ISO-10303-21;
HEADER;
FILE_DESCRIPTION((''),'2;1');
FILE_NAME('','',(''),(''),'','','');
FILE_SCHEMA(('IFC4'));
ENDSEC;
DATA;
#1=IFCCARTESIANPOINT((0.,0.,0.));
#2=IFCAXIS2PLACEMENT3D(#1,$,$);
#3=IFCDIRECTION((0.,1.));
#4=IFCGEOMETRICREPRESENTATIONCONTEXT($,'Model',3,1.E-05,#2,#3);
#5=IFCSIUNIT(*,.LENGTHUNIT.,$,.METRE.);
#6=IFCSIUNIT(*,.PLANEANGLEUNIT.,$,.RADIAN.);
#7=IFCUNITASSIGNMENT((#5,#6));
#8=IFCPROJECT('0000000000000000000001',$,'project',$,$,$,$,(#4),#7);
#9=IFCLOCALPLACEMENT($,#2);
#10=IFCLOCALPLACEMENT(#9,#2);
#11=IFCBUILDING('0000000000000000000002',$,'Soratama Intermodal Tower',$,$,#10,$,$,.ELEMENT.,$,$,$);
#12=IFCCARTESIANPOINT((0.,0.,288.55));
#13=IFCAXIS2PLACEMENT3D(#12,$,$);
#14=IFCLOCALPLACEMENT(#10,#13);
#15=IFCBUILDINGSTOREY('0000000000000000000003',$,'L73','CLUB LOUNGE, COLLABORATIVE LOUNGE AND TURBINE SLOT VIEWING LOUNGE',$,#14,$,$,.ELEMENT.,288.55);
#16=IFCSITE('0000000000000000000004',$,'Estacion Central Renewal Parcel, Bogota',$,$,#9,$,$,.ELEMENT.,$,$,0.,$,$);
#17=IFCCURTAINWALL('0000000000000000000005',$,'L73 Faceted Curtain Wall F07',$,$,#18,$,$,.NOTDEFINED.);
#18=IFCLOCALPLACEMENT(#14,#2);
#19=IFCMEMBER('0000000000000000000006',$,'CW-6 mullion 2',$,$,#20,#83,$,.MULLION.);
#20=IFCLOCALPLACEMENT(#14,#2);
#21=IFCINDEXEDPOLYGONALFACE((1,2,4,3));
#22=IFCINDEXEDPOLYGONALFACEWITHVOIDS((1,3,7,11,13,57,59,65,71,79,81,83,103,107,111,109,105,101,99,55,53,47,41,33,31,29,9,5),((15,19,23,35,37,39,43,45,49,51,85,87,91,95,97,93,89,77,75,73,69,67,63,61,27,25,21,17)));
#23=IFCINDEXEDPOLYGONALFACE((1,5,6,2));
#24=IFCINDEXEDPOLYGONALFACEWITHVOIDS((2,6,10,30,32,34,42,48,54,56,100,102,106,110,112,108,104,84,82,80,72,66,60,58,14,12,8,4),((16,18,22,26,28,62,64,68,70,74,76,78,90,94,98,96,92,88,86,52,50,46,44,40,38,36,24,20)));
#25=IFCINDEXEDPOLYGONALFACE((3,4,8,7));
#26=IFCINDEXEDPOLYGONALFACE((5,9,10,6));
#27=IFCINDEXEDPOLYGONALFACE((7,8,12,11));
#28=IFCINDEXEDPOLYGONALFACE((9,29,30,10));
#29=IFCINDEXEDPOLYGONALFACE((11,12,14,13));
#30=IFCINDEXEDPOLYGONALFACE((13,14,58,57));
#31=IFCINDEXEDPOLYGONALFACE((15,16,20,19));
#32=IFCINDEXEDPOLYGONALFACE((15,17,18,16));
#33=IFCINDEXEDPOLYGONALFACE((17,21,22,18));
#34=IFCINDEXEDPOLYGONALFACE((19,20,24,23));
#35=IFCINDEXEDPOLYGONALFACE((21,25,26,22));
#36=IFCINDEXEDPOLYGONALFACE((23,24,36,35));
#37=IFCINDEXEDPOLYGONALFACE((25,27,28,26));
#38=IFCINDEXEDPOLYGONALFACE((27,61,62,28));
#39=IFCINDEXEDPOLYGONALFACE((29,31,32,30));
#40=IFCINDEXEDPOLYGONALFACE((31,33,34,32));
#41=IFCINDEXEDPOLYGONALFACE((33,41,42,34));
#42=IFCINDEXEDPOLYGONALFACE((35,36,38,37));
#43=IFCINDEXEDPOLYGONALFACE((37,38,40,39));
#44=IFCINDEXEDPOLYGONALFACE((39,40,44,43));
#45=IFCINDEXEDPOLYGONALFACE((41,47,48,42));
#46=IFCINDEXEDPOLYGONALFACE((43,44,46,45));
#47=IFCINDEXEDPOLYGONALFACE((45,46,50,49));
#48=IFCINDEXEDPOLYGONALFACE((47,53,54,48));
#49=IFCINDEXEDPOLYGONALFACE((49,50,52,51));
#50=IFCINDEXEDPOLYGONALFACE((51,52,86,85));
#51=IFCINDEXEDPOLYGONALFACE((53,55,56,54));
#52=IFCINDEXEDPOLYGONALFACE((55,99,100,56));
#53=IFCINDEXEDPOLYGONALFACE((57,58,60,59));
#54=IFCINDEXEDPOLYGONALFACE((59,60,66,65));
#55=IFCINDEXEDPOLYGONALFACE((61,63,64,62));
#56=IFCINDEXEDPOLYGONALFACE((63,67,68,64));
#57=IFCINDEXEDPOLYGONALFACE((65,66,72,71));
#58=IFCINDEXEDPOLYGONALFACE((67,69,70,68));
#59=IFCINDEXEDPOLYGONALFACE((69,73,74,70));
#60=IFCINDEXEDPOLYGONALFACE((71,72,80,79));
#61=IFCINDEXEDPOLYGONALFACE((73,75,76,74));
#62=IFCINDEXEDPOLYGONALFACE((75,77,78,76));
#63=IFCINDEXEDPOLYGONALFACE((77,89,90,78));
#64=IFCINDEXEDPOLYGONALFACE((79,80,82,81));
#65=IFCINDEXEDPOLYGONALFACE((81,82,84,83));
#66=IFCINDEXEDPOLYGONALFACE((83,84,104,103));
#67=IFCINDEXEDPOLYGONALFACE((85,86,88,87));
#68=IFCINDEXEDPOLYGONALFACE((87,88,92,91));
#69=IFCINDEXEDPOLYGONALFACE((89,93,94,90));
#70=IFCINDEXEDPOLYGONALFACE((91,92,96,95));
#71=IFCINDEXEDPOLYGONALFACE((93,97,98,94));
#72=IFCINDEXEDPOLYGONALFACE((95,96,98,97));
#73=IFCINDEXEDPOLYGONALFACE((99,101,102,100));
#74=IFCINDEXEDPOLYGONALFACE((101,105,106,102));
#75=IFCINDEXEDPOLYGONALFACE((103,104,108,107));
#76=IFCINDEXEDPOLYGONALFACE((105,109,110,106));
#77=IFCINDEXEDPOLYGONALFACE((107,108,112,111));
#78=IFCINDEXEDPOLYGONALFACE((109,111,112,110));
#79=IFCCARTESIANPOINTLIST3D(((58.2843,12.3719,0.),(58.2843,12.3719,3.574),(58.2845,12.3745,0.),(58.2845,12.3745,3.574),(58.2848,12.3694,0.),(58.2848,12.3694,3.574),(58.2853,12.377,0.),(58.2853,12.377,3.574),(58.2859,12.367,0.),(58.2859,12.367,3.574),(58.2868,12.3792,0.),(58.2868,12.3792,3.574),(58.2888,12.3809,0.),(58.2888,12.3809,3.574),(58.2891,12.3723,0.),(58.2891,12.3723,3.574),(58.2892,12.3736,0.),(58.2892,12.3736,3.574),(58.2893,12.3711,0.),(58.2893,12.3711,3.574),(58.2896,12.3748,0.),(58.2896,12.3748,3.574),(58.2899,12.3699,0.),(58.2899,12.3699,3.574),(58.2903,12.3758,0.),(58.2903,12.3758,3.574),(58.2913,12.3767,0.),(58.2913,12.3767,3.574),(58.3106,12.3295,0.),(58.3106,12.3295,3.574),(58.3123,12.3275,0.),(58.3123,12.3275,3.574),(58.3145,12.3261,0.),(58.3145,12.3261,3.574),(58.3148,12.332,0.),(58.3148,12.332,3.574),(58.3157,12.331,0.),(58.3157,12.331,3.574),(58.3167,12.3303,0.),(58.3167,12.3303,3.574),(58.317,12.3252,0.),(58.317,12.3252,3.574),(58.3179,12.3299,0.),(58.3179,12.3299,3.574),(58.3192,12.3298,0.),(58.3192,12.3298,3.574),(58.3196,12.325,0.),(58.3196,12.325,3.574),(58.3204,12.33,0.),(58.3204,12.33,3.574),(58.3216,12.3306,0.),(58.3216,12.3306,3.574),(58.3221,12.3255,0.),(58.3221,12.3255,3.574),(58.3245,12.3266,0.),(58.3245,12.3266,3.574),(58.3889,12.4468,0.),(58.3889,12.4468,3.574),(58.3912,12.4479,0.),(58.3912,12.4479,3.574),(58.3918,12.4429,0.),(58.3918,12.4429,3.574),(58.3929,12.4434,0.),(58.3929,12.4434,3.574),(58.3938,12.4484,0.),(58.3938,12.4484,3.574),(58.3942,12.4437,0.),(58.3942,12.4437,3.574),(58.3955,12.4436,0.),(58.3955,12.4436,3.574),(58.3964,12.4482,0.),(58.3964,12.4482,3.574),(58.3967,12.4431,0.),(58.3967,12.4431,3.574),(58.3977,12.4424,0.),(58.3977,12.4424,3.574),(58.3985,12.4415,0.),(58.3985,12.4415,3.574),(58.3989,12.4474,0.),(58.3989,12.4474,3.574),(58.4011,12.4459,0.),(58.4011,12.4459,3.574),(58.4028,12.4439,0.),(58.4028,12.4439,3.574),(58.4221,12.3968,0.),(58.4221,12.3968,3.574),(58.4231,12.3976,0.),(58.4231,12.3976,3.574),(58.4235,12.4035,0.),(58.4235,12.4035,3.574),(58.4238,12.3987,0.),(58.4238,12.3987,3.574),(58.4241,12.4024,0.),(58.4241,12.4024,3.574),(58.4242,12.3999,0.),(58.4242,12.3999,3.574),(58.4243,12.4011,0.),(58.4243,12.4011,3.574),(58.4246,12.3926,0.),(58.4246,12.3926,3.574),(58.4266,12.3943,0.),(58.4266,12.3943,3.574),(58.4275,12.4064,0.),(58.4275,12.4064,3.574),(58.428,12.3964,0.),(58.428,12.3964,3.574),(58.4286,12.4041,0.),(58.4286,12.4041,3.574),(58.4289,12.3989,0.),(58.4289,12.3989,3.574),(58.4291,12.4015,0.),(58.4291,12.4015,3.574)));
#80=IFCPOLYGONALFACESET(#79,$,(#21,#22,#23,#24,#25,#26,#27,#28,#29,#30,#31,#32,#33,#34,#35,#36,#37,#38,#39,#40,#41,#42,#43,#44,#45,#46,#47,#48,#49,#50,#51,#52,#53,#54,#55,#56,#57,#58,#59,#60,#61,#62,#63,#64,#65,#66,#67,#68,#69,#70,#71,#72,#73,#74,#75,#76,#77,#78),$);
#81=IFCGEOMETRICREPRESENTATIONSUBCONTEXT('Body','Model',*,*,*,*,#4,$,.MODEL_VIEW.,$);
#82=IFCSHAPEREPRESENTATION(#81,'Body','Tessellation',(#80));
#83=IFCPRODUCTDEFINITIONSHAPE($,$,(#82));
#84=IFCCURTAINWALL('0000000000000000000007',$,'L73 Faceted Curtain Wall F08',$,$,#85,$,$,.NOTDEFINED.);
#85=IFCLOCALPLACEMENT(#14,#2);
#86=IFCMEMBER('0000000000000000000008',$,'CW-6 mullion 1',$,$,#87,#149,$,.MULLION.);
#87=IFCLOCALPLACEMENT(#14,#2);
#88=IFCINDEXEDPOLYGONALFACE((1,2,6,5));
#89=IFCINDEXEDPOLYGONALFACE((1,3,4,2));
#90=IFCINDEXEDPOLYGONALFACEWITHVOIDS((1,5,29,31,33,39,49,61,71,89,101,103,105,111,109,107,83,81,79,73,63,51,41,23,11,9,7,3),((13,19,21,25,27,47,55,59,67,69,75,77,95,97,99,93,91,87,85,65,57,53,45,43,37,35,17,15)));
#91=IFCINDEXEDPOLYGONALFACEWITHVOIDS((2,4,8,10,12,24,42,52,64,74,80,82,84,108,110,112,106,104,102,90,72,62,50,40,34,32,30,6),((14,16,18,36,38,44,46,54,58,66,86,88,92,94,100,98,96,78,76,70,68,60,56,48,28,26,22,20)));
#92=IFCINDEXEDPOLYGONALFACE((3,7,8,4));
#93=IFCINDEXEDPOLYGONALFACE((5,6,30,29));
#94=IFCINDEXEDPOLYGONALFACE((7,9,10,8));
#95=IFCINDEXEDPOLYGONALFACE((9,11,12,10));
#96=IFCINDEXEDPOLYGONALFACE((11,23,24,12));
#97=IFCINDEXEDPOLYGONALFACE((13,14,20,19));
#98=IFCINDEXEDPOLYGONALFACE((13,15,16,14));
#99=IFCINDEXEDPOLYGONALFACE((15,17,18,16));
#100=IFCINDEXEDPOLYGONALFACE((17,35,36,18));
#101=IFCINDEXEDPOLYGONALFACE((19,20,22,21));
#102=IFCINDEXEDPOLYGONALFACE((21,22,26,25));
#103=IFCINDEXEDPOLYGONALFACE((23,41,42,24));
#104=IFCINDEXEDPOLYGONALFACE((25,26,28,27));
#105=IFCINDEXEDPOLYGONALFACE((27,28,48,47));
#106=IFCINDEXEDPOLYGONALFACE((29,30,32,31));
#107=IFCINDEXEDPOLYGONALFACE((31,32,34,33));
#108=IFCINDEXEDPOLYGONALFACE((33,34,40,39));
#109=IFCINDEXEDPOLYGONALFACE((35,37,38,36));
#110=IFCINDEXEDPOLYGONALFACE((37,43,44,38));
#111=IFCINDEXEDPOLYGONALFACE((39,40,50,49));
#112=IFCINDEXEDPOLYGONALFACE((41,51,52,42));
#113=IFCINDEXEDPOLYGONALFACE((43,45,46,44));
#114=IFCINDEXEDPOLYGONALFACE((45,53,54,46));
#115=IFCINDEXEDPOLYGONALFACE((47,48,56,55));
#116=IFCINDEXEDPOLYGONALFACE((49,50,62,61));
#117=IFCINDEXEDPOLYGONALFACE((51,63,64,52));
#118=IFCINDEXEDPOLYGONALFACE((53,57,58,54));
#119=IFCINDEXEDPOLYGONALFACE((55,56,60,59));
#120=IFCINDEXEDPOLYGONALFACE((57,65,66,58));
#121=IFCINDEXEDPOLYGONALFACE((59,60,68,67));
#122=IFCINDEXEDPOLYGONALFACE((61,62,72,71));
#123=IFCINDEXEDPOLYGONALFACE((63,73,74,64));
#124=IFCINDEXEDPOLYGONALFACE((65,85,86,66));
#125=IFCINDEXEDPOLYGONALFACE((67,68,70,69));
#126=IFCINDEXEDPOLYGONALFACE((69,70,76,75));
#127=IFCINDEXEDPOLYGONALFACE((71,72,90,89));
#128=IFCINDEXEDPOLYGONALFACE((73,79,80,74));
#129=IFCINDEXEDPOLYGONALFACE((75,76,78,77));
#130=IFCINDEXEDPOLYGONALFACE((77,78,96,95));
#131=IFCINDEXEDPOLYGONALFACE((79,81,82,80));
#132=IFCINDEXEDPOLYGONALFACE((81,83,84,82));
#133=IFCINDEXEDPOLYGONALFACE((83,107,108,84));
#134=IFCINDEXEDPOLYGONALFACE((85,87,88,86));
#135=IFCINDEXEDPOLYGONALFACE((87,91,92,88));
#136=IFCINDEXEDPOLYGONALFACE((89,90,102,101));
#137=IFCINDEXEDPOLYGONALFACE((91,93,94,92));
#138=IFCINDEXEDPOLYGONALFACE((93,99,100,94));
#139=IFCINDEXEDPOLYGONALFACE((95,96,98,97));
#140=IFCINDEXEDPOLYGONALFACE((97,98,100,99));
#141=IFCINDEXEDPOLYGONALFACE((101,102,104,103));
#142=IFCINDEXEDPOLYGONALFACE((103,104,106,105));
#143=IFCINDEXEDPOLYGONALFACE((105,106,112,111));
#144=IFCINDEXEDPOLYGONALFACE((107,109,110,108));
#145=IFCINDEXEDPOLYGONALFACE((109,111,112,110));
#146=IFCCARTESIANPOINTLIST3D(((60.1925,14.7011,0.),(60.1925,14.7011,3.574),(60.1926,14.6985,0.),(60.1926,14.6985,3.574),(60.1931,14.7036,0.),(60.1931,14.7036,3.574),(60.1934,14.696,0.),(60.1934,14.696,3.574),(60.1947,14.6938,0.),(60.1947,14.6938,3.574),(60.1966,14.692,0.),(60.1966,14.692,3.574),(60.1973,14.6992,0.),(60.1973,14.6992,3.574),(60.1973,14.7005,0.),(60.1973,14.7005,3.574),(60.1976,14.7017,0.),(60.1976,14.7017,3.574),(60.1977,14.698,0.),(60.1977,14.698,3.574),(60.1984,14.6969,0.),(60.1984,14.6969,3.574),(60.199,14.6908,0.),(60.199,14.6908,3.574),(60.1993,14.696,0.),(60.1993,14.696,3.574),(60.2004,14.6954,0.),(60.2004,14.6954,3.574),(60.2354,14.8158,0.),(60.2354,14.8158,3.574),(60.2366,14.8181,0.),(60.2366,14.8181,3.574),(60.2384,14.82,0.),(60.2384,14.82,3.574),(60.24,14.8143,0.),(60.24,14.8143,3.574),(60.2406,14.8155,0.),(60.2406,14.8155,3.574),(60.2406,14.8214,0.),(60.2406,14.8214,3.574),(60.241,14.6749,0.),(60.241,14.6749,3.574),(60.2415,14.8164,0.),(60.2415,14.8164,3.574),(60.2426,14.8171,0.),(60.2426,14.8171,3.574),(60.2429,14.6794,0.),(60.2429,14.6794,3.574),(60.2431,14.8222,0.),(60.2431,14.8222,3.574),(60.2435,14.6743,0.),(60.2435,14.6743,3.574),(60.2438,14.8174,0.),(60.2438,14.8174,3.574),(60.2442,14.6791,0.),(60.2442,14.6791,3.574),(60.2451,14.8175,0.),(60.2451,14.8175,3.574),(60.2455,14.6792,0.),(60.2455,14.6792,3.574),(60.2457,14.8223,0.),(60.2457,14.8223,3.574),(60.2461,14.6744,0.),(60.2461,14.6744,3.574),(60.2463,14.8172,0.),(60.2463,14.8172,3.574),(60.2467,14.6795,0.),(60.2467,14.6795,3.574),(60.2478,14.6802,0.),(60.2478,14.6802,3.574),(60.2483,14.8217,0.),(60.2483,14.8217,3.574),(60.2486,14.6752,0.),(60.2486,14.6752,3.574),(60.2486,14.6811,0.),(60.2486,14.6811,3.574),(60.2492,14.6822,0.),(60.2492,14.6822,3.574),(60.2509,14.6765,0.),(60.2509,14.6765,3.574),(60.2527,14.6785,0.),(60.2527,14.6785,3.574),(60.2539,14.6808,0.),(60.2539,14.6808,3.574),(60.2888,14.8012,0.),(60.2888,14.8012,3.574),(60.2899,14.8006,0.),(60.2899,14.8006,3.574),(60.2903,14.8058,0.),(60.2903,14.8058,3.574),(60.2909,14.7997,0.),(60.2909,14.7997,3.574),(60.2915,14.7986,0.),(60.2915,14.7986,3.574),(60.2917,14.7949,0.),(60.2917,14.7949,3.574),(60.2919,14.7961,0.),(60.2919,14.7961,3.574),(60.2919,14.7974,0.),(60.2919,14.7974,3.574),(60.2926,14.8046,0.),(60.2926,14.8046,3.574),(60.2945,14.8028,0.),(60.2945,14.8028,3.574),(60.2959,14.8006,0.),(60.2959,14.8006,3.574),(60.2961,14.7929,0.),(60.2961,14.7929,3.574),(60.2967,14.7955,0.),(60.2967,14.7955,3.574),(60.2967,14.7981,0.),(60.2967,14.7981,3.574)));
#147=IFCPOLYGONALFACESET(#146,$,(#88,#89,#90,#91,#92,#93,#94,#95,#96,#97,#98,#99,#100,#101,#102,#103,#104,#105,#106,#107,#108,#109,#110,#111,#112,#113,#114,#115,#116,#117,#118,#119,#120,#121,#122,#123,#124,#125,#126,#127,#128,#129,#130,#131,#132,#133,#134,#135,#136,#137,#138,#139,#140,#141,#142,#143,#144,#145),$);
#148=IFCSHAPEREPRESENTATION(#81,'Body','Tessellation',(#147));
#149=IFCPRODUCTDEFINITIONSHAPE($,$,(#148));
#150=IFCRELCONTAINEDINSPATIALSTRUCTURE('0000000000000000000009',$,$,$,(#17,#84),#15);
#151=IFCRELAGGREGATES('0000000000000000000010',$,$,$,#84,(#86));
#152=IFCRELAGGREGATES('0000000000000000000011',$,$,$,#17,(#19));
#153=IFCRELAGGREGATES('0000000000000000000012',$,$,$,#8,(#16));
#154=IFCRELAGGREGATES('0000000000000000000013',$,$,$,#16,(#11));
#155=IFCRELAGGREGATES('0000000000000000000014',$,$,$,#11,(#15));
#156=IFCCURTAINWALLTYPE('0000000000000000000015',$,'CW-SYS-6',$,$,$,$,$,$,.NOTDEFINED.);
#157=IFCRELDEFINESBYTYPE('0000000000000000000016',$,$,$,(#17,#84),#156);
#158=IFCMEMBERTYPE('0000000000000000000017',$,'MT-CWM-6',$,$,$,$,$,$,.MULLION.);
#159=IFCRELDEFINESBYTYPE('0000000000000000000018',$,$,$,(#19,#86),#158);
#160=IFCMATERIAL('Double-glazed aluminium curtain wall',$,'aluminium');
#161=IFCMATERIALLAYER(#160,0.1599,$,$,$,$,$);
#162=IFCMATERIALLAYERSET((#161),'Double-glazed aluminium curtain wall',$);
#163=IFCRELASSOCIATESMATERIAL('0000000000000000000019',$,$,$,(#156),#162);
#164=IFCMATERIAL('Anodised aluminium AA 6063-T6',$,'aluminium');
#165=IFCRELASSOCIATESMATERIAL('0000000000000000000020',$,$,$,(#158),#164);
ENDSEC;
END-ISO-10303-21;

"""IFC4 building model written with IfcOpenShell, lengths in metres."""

from ifc_helpers import new_model, si_unit, direction, frame, origin, origin_2d, place, context, subcontext, project, spatial, hollow_rectangle, extrude, material, layer, layer_set, material_profile, profile_set, type_object, element, aggregate, save


model = new_model("IFC4")

# Units and contexts
model_context = context("Model", 3, precision=1e-05, world=origin(), true_north=direction((0.0, 1.0)))
body_context = subcontext(model_context, "Body", "Model", "MODEL_VIEW")
ifc_project = project(units=[si_unit("LENGTHUNIT", "METRE"), si_unit("PLANEANGLEUNIT", "RADIAN")], contexts=[model_context])

# Site, building, storey
site_placement = place(None, origin())
site = spatial("IfcSite", under=ifc_project, at=site_placement, Name="Estacion Central Renewal Parcel, Bogota", CompositionType="ELEMENT", RefElevation=0.0)
building_placement = place(site_placement, origin())
building = spatial("IfcBuilding", under=site, at=building_placement, Name="Soratama Intermodal Tower", CompositionType="ELEMENT")
storey_placement = place(building_placement, frame((0.0, 0.0, 288.55)))
storey = spatial("IfcBuildingStorey", under=building, at=storey_placement, Name="L73", Description="CLUB LOUNGE, COLLABORATIVE LOUNGE AND TURBINE SLOT VIEWING LOUNGE", CompositionType="ELEMENT", Elevation=288.55)

# Curtain walls, members
ifc_material_1 = material(Name="Double-glazed aluminium curtain wall", Category="aluminium")
ifc_layer_1 = layer(ifc_material_1, 0.1599)
ifc_layer_set_1 = layer_set([ifc_layer_1], Name="Double-glazed aluminium curtain wall")
curtain_wall_type = type_object("IfcCurtainWallType", Name="CW-SYS-6", PredefinedType="NOTDEFINED", material=ifc_layer_set_1)
curtain_wall_1_placement = place(storey_placement, origin())
curtain_wall_1 = element("IfcCurtainWall", 1, at=curtain_wall_1_placement, inside=storey, type_object=curtain_wall_type, Name="L73 Faceted Curtain Wall F07", PredefinedType="NOTDEFINED")
ifc_material_2 = material(Name="Anodised aluminium AA 6063-T6", Category="aluminium")
ifc_material_profile_1 = material_profile(ifc_material_2, hollow_rectangle(XDim=0.0649, YDim=0.1399, WallThickness=0.0049, InnerFilletRadius=0.0049, OuterFilletRadius=0.01, at=origin_2d()), Name="CWM140X65X5")
ifc_profile_set_1 = profile_set([ifc_material_profile_1], Name="Anodised aluminium AA 6063-T6")
member_type_1 = type_object("IfcMemberType", Name="MT-CWM-6", PredefinedType="MULLION", material=ifc_profile_set_1)
member_1_placement = place(storey_placement, frame((58.3567, 12.3867, 0.0), z_axis=(0.0, 0.0, 1.0), x_axis=(-0.549891, 0.835236, 0.0)))
member_1 = element("IfcMember", 2, at=member_1_placement, type_object=member_type_1, Name="CW-6 mullion 2", PredefinedType="MULLION", context=body_context, shape_type="SweptSolid", body=[
    extrude(hollow_rectangle(XDim=0.0649, YDim=0.1399, WallThickness=0.0049, InnerFilletRadius=0.0049, OuterFilletRadius=0.01, at=origin_2d()), origin(), (0.0, 0.0, 1.0), 3.574),
])
curtain_wall_2_placement = place(storey_placement, origin())
curtain_wall_2 = element("IfcCurtainWall", 3, at=curtain_wall_2_placement, inside=storey, type_object=curtain_wall_type, Name="L73 Faceted Curtain Wall F08", PredefinedType="NOTDEFINED")
member_2_placement = place(storey_placement, frame((60.2446, 14.7483, 0.0), z_axis=(0.0, 0.0, 1.0), x_axis=(-0.935812, 0.352499, 0.0)))
member_2 = element("IfcMember", 4, at=member_2_placement, type_object=member_type_1, Name="CW-6 mullion 1", PredefinedType="MULLION", context=body_context, shape_type="SweptSolid", body=[
    extrude(hollow_rectangle(XDim=0.0649, YDim=0.1399, WallThickness=0.0049, InnerFilletRadius=0.0049, OuterFilletRadius=0.01, at=origin_2d()), origin(), (0.0, 0.0, 1.0), 3.574),
])

aggregate(curtain_wall_2, [member_2])

aggregate(curtain_wall_1, [member_1])

save(model, "model.ifc")
